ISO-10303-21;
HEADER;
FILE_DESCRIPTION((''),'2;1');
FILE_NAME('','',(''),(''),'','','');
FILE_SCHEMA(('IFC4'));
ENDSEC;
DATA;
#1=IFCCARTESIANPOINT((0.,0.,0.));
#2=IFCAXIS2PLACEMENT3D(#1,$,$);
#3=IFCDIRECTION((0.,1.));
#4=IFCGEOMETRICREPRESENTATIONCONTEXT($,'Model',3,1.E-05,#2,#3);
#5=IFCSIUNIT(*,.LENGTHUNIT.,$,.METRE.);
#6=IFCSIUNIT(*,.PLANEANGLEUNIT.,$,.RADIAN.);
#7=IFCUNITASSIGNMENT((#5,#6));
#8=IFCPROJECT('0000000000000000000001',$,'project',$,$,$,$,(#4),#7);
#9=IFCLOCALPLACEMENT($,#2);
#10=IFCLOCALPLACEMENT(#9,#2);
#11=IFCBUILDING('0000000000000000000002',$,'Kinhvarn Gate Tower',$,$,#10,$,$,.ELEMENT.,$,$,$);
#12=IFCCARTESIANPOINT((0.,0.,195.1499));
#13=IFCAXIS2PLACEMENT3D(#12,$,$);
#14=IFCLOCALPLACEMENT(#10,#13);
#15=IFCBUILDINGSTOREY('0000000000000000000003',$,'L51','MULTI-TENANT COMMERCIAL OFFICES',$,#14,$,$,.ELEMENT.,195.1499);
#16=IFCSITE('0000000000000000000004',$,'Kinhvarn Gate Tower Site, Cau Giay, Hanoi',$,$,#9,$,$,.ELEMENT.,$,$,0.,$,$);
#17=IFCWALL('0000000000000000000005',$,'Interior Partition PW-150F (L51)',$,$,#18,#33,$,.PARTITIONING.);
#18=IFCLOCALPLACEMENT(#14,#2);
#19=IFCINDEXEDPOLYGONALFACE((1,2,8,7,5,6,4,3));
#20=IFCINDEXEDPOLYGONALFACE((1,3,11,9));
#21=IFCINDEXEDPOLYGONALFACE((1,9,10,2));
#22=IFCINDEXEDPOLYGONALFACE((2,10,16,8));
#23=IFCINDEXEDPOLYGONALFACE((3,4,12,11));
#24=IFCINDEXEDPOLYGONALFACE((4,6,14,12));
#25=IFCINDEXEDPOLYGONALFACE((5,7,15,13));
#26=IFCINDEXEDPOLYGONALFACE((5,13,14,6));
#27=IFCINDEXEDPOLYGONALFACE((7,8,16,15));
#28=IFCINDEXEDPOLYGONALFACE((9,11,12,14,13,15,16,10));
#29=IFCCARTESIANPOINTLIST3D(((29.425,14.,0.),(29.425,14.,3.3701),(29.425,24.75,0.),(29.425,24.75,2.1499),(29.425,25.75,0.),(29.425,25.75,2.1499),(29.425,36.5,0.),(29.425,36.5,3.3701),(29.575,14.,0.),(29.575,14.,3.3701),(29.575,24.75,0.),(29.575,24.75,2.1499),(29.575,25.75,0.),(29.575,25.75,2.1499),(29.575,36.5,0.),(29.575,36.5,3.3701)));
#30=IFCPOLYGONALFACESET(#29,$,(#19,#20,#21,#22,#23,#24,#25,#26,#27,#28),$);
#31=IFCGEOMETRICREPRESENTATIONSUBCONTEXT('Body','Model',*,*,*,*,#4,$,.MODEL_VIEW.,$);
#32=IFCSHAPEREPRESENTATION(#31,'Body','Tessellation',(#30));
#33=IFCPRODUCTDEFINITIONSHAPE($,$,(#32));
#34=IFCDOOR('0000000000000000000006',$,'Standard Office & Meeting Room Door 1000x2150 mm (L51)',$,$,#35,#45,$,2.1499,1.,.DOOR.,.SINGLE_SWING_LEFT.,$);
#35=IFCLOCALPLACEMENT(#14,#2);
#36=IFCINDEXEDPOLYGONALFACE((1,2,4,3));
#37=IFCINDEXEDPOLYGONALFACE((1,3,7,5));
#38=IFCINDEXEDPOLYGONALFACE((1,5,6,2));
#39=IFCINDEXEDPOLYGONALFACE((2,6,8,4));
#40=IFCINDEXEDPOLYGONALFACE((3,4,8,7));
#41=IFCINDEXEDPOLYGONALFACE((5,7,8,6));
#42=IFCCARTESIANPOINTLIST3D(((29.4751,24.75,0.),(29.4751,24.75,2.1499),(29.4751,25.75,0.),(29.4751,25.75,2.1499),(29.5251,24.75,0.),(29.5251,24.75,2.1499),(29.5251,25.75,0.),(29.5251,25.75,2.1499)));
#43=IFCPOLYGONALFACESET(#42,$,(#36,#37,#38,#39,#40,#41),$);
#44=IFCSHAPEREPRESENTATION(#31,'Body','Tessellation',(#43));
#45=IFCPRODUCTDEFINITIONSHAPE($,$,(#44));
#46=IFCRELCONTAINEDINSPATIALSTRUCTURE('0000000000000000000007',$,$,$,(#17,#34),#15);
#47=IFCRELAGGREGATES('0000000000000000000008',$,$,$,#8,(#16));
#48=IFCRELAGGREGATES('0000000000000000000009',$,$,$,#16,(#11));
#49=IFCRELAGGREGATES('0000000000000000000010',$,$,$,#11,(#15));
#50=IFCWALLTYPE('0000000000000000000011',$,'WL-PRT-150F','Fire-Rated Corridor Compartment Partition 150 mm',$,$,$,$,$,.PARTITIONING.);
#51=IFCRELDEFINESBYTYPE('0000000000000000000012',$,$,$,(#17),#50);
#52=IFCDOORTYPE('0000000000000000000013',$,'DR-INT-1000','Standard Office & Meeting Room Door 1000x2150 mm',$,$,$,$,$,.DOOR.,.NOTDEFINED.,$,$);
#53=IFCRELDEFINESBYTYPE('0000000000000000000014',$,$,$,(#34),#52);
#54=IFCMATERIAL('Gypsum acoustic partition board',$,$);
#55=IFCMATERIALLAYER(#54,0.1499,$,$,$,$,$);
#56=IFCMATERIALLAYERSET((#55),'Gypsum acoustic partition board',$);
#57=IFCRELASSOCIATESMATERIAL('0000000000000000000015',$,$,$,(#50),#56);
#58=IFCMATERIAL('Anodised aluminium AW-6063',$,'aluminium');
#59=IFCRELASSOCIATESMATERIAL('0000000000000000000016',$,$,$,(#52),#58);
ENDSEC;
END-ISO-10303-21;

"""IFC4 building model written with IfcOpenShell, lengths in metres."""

from ifc_helpers import new_model, si_unit, direction, frame, frame_2d, origin, place, context, subcontext, project, spatial, rectangle, extrude, material, layer, layer_set, type_object, element, fill, save


model = new_model("IFC4")

# Units and contexts
model_context = context("Model", 3, precision=1e-05, world=origin(), true_north=direction((0.0, 1.0)))
body_context = subcontext(model_context, "Body", "Model", "MODEL_VIEW")
ifc_project = project(units=[si_unit("LENGTHUNIT", "METRE"), si_unit("PLANEANGLEUNIT", "RADIAN")], contexts=[model_context])

# Site, building, storey
site_placement = place(None, origin())
site = spatial("IfcSite", under=ifc_project, at=site_placement, Name="Kinhvarn Gate Tower Site, Cau Giay, Hanoi", CompositionType="ELEMENT", RefElevation=0.0)
building_placement = place(site_placement, origin())
building = spatial("IfcBuilding", under=site, at=building_placement, Name="Kinhvarn Gate Tower", CompositionType="ELEMENT")
storey_placement = place(building_placement, frame((0.0, 0.0, 195.1499)))
storey = spatial("IfcBuildingStorey", under=building, at=storey_placement, Name="L51", Description="MULTI-TENANT COMMERCIAL OFFICES", CompositionType="ELEMENT", Elevation=195.1499)

# Shared definitions
ifc_material_1 = material(Name="Gypsum acoustic partition board")

# Shared definitions
ifc_material_2 = material(Name="Anodised aluminium AW-6063", Category="aluminium")

# Shared definitions
ifc_layer_1 = layer(ifc_material_1, 0.1499)
ifc_layer_set_1 = layer_set([ifc_layer_1], Name="Gypsum acoustic partition board")
wall_type_1 = type_object("IfcWallType", Name="WL-PRT-150F", Description="Fire-Rated Corridor Compartment Partition 150 mm", PredefinedType="PARTITIONING", material=ifc_layer_set_1)

# Shared definitions
door_type_1 = type_object("IfcDoorType", Name="DR-INT-1000", Description="Standard Office & Meeting Room Door 1000x2150 mm", OperationType="NOTDEFINED", PredefinedType="DOOR", material=ifc_material_2)

# Wall, opening, door
wall_1_placement = place(storey_placement, frame((29.5, 14.0, 0.0), z_axis=(0.0, 0.0, 1.0), x_axis=(0.0, 1.0, 0.0)))
wall_1 = element("IfcWall", 1, at=wall_1_placement, inside=storey, type_object=wall_type_1, Name="Interior Partition PW-150F (L51)", PredefinedType="PARTITIONING", context=body_context, shape_type="SweptSolid", body=[
    extrude(rectangle(XDim=22.5, YDim=0.1499, at=frame_2d((11.25, 0.0))), origin(), (0.0, 0.0, 1.0), 3.3701),
])
opening_1_placement = place(wall_1_placement, frame((10.75, 0.0, 0.0)))
opening_1 = element("IfcOpeningElement", 2, at=opening_1_placement, cuts=wall_1, PredefinedType="OPENING", context=body_context, shape_type="SweptSolid", body=[
    extrude(rectangle(XDim=1.0, YDim=2.1499, at=frame_2d((0.5, 1.075))), frame((0.0, 0.085, 0.0), z_axis=(0.0, -1.0, 0.0), x_axis=(1.0, 0.0, 0.0)), (0.0, 0.0, 1.0), 0.1699),
])
door_1_placement = place(opening_1_placement, origin())
door_1 = element("IfcDoor", 3, at=door_1_placement, inside=storey, type_object=door_type_1, Name="Standard Office & Meeting Room Door 1000x2150 mm (L51)", OperationType="SINGLE_SWING_LEFT", OverallHeight=2.1499, OverallWidth=1.0, PredefinedType="DOOR", context=body_context, shape_type="SweptSolid", body=[
    extrude(rectangle(XDim=1.0, YDim=2.1499, at=frame_2d((0.5, 1.075))), frame((0.0, 0.0249, 0.0), z_axis=(0.0, -1.0, 0.0), x_axis=(1.0, 0.0, 0.0)), (0.0, 0.0, 1.0), 0.05),
])
fill(opening_1, door_1)

save(model, "model.ifc")
